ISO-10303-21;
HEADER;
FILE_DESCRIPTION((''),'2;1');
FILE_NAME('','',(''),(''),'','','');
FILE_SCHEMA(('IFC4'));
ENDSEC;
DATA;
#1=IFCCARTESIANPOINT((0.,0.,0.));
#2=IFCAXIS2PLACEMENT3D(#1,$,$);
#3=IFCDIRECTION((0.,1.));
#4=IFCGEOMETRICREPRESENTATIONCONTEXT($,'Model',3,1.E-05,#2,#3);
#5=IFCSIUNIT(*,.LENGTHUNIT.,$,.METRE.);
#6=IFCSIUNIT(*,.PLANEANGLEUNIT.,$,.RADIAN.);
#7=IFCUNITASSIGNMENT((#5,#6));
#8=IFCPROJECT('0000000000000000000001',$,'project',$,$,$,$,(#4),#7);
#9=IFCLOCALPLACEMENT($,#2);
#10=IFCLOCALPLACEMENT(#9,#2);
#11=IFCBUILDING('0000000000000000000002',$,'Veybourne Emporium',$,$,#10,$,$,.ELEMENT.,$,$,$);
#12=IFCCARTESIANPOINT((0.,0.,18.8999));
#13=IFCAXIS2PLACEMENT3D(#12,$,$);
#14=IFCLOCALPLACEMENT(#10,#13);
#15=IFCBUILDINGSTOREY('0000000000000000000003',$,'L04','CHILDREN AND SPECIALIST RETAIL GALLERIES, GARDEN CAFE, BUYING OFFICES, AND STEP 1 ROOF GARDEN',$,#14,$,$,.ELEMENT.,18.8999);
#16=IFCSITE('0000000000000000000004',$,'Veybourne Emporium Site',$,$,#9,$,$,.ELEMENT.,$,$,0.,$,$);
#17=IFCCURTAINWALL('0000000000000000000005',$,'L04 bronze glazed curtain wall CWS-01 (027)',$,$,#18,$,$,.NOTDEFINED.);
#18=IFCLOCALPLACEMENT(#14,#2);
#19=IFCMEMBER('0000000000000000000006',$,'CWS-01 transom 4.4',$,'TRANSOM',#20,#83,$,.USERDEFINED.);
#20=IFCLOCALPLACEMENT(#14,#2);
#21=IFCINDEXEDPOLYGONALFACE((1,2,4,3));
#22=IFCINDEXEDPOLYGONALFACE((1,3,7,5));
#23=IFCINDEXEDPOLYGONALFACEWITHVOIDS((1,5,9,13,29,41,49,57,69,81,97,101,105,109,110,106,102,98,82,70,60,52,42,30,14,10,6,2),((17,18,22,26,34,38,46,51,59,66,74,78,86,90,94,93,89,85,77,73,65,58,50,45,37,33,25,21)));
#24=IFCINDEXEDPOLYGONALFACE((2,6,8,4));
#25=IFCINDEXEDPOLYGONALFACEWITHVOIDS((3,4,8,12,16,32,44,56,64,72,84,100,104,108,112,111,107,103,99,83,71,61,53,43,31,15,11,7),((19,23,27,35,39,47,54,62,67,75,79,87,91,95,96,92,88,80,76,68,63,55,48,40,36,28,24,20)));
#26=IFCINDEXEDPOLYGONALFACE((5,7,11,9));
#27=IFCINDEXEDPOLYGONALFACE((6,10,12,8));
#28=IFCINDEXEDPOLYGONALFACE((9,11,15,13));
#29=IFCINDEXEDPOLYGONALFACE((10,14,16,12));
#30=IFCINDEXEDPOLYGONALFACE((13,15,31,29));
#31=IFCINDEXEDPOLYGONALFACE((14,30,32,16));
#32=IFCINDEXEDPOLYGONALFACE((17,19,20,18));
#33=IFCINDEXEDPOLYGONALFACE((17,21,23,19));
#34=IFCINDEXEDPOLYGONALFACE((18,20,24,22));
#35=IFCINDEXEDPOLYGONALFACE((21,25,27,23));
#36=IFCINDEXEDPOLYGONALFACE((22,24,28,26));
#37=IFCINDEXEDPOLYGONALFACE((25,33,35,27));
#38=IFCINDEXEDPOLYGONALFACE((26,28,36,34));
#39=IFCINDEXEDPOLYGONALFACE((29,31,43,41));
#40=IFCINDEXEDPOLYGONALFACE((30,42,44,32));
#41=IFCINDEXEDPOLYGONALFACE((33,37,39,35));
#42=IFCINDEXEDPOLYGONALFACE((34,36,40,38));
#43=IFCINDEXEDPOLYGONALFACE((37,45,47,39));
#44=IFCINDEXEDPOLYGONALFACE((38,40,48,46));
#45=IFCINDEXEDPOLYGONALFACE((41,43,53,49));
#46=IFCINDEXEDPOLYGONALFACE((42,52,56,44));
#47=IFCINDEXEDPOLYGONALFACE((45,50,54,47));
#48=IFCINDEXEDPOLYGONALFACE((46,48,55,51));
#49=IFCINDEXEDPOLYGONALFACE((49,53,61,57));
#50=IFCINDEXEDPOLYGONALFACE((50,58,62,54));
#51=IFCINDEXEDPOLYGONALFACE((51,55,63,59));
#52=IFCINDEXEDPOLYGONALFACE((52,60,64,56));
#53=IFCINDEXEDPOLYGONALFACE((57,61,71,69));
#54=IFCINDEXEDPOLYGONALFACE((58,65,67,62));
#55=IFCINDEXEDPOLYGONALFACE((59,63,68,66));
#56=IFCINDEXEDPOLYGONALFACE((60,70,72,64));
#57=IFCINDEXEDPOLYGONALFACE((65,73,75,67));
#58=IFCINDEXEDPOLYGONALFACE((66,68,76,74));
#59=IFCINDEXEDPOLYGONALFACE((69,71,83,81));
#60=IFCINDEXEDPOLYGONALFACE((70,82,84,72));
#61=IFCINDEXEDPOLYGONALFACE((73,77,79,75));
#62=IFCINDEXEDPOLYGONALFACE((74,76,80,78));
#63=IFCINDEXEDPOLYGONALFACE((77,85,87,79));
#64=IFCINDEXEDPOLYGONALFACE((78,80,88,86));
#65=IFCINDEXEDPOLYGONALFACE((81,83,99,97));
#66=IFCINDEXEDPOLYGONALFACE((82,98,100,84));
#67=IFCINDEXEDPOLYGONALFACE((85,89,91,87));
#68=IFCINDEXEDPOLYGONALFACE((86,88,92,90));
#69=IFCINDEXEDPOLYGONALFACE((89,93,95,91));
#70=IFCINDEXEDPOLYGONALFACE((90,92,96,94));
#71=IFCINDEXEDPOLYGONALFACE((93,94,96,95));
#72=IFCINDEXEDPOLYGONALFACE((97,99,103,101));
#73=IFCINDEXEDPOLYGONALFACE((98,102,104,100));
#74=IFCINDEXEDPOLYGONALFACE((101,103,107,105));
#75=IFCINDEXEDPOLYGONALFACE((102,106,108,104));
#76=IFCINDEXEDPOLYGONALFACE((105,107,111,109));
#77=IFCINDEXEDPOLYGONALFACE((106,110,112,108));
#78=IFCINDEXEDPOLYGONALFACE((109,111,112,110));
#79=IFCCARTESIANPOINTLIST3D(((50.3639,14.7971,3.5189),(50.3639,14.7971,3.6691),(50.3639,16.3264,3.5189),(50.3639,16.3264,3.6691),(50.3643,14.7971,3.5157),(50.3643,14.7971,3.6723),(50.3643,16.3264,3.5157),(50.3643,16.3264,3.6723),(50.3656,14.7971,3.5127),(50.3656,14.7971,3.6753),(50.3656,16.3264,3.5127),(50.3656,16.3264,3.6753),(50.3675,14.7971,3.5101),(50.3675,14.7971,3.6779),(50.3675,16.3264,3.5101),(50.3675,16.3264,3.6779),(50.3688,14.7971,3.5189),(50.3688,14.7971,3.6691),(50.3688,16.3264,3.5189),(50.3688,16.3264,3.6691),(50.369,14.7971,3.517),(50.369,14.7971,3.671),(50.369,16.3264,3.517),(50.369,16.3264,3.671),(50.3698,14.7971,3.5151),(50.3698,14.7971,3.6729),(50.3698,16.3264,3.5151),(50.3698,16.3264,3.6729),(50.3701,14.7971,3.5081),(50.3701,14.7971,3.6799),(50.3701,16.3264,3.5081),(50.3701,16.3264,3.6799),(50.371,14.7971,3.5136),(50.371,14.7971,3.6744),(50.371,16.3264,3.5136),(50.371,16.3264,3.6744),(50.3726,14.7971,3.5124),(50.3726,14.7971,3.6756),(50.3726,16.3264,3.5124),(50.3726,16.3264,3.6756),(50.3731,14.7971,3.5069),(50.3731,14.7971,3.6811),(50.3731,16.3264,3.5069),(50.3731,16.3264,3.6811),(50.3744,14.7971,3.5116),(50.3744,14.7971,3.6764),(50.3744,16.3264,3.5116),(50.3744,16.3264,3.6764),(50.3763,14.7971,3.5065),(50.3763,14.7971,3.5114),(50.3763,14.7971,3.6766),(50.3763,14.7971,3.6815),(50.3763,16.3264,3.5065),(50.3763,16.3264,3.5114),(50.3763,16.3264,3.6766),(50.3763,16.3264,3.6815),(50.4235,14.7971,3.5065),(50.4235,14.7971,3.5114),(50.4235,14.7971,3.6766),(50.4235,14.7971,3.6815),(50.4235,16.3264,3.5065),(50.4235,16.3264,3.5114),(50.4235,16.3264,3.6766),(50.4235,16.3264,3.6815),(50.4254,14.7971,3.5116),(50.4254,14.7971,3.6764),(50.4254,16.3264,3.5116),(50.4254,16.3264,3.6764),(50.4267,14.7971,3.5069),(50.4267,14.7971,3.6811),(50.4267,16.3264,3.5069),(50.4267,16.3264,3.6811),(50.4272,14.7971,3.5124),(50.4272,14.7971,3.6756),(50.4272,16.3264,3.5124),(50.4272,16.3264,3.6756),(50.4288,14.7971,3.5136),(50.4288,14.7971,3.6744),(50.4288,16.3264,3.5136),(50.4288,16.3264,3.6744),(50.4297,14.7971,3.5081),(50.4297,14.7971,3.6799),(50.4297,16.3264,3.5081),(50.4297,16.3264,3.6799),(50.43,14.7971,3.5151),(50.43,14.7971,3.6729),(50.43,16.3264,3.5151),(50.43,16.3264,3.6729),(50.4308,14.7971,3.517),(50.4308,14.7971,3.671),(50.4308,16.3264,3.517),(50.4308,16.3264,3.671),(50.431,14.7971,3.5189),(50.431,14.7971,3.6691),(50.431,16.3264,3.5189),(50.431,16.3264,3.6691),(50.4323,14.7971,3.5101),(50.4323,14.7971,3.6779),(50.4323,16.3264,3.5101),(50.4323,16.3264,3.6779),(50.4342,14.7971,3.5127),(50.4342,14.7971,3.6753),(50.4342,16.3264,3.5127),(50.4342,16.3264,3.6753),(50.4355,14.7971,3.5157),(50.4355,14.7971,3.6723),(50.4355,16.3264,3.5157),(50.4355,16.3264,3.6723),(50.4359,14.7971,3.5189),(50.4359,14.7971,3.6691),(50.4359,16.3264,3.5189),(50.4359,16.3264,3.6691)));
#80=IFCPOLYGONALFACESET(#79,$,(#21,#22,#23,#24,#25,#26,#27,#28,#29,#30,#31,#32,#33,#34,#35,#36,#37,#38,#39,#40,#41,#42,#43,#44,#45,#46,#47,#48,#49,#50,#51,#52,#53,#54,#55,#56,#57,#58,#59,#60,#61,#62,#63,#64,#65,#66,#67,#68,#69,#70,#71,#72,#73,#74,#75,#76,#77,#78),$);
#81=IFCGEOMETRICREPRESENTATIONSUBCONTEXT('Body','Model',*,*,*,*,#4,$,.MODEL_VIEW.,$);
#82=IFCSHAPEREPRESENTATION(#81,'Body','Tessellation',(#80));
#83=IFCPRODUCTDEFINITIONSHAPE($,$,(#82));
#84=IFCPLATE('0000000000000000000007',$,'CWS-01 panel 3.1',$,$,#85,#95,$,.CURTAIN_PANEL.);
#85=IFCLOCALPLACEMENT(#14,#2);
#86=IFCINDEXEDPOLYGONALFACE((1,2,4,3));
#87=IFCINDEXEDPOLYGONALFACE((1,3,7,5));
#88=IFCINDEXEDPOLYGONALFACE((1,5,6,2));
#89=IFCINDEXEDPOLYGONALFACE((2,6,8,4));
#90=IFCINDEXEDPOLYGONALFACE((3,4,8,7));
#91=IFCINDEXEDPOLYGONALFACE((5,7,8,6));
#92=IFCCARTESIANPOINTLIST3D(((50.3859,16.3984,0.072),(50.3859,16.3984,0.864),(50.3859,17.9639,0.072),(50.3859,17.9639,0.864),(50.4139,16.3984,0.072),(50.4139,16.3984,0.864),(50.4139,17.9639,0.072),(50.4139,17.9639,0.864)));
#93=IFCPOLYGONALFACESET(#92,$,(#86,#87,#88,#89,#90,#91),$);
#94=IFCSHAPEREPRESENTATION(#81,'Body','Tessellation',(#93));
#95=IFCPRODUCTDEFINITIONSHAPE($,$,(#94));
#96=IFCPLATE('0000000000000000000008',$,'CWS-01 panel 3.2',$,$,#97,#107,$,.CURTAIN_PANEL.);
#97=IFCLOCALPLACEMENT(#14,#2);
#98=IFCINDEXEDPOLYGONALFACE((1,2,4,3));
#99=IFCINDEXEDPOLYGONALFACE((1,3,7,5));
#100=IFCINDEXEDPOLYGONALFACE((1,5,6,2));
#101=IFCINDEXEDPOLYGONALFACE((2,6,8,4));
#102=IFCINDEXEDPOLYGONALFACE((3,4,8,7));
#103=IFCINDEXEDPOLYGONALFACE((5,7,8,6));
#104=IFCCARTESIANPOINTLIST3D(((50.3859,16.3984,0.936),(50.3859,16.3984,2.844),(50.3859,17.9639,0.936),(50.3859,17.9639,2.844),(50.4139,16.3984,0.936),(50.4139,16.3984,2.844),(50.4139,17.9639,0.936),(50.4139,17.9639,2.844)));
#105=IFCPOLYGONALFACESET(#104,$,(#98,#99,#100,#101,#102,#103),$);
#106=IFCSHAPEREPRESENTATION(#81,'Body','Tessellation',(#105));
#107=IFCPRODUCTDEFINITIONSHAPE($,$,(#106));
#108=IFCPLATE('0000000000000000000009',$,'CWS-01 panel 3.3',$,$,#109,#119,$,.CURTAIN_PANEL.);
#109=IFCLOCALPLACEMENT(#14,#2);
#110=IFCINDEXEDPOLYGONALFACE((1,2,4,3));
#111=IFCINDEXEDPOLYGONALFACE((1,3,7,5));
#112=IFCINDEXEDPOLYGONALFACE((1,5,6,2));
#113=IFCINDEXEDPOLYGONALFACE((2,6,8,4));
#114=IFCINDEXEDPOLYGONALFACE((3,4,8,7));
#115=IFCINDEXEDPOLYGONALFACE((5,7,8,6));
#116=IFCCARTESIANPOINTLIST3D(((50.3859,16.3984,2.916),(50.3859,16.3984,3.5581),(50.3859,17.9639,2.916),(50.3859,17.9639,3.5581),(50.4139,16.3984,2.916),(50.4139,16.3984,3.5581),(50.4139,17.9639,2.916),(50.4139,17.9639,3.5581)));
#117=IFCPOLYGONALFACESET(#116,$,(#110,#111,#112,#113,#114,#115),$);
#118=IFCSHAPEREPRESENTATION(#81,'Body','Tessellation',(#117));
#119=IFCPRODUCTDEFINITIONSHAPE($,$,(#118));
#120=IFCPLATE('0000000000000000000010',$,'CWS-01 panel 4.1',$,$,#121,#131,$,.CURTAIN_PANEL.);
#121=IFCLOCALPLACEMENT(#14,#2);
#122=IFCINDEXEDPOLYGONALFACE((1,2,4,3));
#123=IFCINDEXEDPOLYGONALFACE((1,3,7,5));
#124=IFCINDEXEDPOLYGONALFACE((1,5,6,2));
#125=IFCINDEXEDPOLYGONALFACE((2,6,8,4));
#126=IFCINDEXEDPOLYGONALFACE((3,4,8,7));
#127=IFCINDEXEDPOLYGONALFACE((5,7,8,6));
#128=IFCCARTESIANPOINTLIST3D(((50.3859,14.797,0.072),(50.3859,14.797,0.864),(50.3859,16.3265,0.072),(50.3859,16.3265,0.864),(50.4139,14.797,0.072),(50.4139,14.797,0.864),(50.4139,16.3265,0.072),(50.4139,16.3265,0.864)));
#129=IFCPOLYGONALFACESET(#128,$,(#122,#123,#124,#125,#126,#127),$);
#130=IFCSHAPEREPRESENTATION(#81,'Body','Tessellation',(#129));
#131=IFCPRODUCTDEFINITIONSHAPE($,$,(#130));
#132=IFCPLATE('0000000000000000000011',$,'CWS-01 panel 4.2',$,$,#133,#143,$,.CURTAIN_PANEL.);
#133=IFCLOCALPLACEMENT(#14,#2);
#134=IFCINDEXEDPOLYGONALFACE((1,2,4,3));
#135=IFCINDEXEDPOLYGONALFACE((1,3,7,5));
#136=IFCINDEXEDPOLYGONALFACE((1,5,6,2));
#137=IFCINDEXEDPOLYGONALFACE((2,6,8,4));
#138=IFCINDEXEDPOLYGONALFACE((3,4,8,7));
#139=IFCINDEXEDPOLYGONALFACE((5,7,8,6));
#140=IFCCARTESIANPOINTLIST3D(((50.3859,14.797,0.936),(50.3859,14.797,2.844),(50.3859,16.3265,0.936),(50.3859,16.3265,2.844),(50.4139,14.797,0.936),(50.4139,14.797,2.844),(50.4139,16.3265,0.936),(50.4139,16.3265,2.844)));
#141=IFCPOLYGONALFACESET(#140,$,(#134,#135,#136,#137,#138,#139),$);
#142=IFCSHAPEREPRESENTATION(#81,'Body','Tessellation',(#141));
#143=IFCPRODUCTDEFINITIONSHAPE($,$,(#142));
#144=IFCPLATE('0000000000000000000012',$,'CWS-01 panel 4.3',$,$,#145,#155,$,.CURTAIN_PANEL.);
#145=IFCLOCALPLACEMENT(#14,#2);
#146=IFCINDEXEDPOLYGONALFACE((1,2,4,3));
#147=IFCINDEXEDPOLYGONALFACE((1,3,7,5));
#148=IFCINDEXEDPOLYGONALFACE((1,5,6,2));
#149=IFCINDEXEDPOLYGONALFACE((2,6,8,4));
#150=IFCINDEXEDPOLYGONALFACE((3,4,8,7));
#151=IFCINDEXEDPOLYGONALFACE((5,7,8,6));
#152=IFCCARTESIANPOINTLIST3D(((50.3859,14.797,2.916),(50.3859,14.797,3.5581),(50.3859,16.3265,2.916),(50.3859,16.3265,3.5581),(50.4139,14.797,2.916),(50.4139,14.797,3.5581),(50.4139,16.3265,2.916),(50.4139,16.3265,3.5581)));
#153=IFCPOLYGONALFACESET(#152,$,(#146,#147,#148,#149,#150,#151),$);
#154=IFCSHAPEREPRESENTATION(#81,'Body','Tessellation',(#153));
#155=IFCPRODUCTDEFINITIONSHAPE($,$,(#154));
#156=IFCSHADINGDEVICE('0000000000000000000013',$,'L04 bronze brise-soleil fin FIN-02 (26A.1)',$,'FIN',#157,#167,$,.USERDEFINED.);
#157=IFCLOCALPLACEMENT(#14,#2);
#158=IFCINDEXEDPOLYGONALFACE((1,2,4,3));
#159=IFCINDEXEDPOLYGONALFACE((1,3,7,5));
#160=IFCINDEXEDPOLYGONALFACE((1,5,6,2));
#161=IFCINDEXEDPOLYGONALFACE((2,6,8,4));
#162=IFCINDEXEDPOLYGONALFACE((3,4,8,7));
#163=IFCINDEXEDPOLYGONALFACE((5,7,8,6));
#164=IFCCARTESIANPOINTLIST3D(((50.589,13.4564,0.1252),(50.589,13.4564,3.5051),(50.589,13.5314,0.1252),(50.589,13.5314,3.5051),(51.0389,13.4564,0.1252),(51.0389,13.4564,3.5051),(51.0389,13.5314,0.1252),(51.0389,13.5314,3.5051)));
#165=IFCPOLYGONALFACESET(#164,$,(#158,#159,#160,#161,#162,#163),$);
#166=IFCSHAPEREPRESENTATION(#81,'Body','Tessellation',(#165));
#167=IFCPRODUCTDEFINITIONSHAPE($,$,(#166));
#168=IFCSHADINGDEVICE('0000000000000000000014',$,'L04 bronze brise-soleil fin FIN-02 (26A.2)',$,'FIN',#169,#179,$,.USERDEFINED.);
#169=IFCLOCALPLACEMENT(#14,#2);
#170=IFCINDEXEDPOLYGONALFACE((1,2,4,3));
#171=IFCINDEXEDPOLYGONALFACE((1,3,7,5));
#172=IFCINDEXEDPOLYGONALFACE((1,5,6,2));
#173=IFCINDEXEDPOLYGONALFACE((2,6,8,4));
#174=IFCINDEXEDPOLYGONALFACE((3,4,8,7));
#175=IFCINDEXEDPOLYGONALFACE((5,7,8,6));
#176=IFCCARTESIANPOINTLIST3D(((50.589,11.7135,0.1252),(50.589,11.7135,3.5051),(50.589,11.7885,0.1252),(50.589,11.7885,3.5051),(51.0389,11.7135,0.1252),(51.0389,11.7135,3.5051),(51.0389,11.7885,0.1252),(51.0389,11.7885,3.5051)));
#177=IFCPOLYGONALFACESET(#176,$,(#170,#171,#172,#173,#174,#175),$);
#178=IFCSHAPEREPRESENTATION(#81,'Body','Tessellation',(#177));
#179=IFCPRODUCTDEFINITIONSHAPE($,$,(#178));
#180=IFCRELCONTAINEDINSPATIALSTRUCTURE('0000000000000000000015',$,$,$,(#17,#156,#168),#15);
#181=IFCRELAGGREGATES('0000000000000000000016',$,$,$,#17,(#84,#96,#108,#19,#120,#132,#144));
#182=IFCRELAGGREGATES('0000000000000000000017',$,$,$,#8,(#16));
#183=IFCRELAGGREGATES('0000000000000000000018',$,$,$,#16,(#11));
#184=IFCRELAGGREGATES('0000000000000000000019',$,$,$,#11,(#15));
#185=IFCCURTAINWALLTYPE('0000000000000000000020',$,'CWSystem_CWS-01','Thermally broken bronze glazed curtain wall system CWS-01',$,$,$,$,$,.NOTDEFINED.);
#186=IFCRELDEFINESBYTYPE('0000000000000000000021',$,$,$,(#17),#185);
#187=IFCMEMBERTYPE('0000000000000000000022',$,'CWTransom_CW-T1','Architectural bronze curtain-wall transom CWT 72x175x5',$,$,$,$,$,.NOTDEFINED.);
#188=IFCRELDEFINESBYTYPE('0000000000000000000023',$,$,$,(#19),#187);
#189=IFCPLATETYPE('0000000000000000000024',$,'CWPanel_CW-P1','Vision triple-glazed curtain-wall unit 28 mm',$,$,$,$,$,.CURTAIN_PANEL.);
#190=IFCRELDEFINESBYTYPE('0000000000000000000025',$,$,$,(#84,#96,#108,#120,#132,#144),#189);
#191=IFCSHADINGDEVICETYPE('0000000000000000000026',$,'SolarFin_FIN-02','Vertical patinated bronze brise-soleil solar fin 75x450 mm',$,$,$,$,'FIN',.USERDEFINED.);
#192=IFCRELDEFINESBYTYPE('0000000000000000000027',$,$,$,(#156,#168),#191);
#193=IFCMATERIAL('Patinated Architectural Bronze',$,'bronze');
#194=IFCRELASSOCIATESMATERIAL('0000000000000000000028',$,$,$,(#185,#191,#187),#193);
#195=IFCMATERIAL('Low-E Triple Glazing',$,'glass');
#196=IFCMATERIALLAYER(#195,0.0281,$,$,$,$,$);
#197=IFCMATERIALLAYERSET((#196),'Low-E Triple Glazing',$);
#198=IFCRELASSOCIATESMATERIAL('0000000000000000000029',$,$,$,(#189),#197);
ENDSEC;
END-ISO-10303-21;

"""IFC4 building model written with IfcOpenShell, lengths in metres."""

from ifc_helpers import new_model, si_unit, direction, frame, origin, origin_2d, place, context, subcontext, project, spatial, rectangle, hollow_rectangle, extrude, material, layer, layer_set, material_profile, profile_set, type_object, element, aggregate, save


model = new_model("IFC4")

# Units and contexts
model_context = context("Model", 3, precision=1e-05, world=origin(), true_north=direction((0.0, 1.0)))
body_context = subcontext(model_context, "Body", "Model", "MODEL_VIEW")
ifc_project = project(units=[si_unit("LENGTHUNIT", "METRE"), si_unit("PLANEANGLEUNIT", "RADIAN")], contexts=[model_context])

# Site, building, storey
site_placement = place(None, origin())
site = spatial("IfcSite", under=ifc_project, at=site_placement, Name="Veybourne Emporium Site", CompositionType="ELEMENT", RefElevation=0.0)
building_placement = place(site_placement, origin())
building = spatial("IfcBuilding", under=site, at=building_placement, Name="Veybourne Emporium", CompositionType="ELEMENT")
storey_placement = place(building_placement, frame((0.0, 0.0, 18.8999)))
storey = spatial("IfcBuildingStorey", under=building, at=storey_placement, Name="L04", Description="CHILDREN AND SPECIALIST RETAIL GALLERIES, GARDEN CAFE, BUYING OFFICES, AND STEP 1 ROOF GARDEN", CompositionType="ELEMENT", Elevation=18.8999)

# Curtain wall, member, plates
ifc_material_1 = material(Name="Patinated Architectural Bronze", Category="bronze")
curtain_wall_type = type_object("IfcCurtainWallType", Name="CWSystem_CWS-01", Description="Thermally broken bronze glazed curtain wall system CWS-01", PredefinedType="NOTDEFINED", material=ifc_material_1)
curtain_wall_placement = place(storey_placement, origin())
curtain_wall = element("IfcCurtainWall", 1, at=curtain_wall_placement, inside=storey, type_object=curtain_wall_type, Name="L04 bronze glazed curtain wall CWS-01 (027)", PredefinedType="NOTDEFINED")
ifc_material_profile_1 = material_profile(ifc_material_1, hollow_rectangle(XDim=0.072, YDim=0.175, WallThickness=0.0049, InnerFilletRadius=0.0076, OuterFilletRadius=0.0125, at=origin_2d()), Name="CWT 72x175x5")
ifc_profile_set_1 = profile_set([ifc_material_profile_1], Name="Patinated Architectural Bronze")
member_type_1 = type_object("IfcMemberType", Name="CWTransom_CW-T1", Description="Architectural bronze curtain-wall transom CWT 72x175x5", PredefinedType="NOTDEFINED", material=ifc_profile_set_1)
member_1_placement = place(storey_placement, frame((50.3999, 16.3264, 3.594), z_axis=(0.0, -1.0, 0.0), x_axis=(1.0, 0.0, 0.0)))
member_1 = element("IfcMember", 2, at=member_1_placement, type_object=member_type_1, Name="CWS-01 transom 4.4", ObjectType="TRANSOM", PredefinedType="USERDEFINED", context=body_context, shape_type="SweptSolid", body=[
    extrude(hollow_rectangle(XDim=0.072, YDim=0.175, WallThickness=0.0049, InnerFilletRadius=0.0076, OuterFilletRadius=0.0125, at=origin_2d()), origin(), (0.0, 0.0, 1.0), 1.5293),
])
ifc_material_2 = material(Name="Low-E Triple Glazing", Category="glass")
ifc_layer_1 = layer(ifc_material_2, 0.0281)
ifc_layer_set_1 = layer_set([ifc_layer_1], Name="Low-E Triple Glazing")
plate_type = type_object("IfcPlateType", Name="CWPanel_CW-P1", Description="Vision triple-glazed curtain-wall unit 28 mm", PredefinedType="CURTAIN_PANEL", material=ifc_layer_set_1)
plate_1_placement = place(storey_placement, frame((50.3999, 17.1812, 0.072), z_axis=(0.0, 0.0, 1.0), x_axis=(0.0, -1.0, 0.0)))
plate_1 = element("IfcPlate", 3, at=plate_1_placement, type_object=plate_type, Name="CWS-01 panel 3.1", PredefinedType="CURTAIN_PANEL", context=body_context, shape_type="SweptSolid", body=[
    extrude(rectangle(XDim=1.5654, YDim=0.0281, at=origin_2d()), origin(), (0.0, 0.0, 1.0), 0.792),
])
plate_2_placement = place(storey_placement, frame((50.3999, 17.1812, 0.936), z_axis=(0.0, 0.0, 1.0), x_axis=(0.0, -1.0, 0.0)))
plate_2 = element("IfcPlate", 4, at=plate_2_placement, type_object=plate_type, Name="CWS-01 panel 3.2", PredefinedType="CURTAIN_PANEL", context=body_context, shape_type="SweptSolid", body=[
    extrude(rectangle(XDim=1.5654, YDim=0.0281, at=origin_2d()), origin(), (0.0, 0.0, 1.0), 1.908),
])
plate_3_placement = place(storey_placement, frame((50.3999, 17.1812, 2.916), z_axis=(0.0, 0.0, 1.0), x_axis=(0.0, -1.0, 0.0)))
plate_3 = element("IfcPlate", 5, at=plate_3_placement, type_object=plate_type, Name="CWS-01 panel 3.3", PredefinedType="CURTAIN_PANEL", context=body_context, shape_type="SweptSolid", body=[
    extrude(rectangle(XDim=1.5654, YDim=0.0281, at=origin_2d()), origin(), (0.0, 0.0, 1.0), 0.6421),
])
plate_4_placement = place(storey_placement, frame((50.3999, 15.5618, 0.072), z_axis=(0.0, 0.0, 1.0), x_axis=(0.0, -1.0, 0.0)))
plate_4 = element("IfcPlate", 6, at=plate_4_placement, type_object=plate_type, Name="CWS-01 panel 4.1", PredefinedType="CURTAIN_PANEL", context=body_context, shape_type="SweptSolid", body=[
    extrude(rectangle(XDim=1.5295, YDim=0.0281, at=origin_2d()), origin(), (0.0, 0.0, 1.0), 0.792),
])
plate_5_placement = place(storey_placement, frame((50.3999, 15.5618, 0.936), z_axis=(0.0, 0.0, 1.0), x_axis=(0.0, -1.0, 0.0)))
plate_5 = element("IfcPlate", 7, at=plate_5_placement, type_object=plate_type, Name="CWS-01 panel 4.2", PredefinedType="CURTAIN_PANEL", context=body_context, shape_type="SweptSolid", body=[
    extrude(rectangle(XDim=1.5295, YDim=0.0281, at=origin_2d()), origin(), (0.0, 0.0, 1.0), 1.908),
])
plate_6_placement = place(storey_placement, frame((50.3999, 15.5618, 2.916), z_axis=(0.0, 0.0, 1.0), x_axis=(0.0, -1.0, 0.0)))
plate_6 = element("IfcPlate", 8, at=plate_6_placement, type_object=plate_type, Name="CWS-01 panel 4.3", PredefinedType="CURTAIN_PANEL", context=body_context, shape_type="SweptSolid", body=[
    extrude(rectangle(XDim=1.5295, YDim=0.0281, at=origin_2d()), origin(), (0.0, 0.0, 1.0), 0.6421),
])
aggregate(curtain_wall, [plate_1, plate_2, plate_3, member_1, plate_4, plate_5, plate_6])

# Shading devices
shading_device_type = type_object("IfcShadingDeviceType", Name="SolarFin_FIN-02", Description="Vertical patinated bronze brise-soleil solar fin 75x450 mm", ElementType="FIN", PredefinedType="USERDEFINED", material=ifc_material_1)
for number, where, z_axis, x_axis, name in (
    (9, (50.814, 13.4939, 0.1252), (0.0, 0.0, 1.0), (0.0, -1.0, 0.0), "L04 bronze brise-soleil fin FIN-02 (26A.1)"),
    (10, (50.814, 11.751, 0.1252), (0.0, 0.0, 1.0), (0.0, -1.0, 0.0), "L04 bronze brise-soleil fin FIN-02 (26A.2)"),
):
    element("IfcShadingDevice", number, at=place(storey_placement, frame(where, z_axis=z_axis, x_axis=x_axis)), inside=storey, type_object=shading_device_type, Name=name, ObjectType="FIN", PredefinedType="USERDEFINED", context=body_context, shape_type="SweptSolid", body=[
        extrude(rectangle(XDim=0.075, YDim=0.45, at=origin_2d()), origin(), (0.0, 0.0, 1.0), 3.3799),
    ])

save(model, "model.ifc")
